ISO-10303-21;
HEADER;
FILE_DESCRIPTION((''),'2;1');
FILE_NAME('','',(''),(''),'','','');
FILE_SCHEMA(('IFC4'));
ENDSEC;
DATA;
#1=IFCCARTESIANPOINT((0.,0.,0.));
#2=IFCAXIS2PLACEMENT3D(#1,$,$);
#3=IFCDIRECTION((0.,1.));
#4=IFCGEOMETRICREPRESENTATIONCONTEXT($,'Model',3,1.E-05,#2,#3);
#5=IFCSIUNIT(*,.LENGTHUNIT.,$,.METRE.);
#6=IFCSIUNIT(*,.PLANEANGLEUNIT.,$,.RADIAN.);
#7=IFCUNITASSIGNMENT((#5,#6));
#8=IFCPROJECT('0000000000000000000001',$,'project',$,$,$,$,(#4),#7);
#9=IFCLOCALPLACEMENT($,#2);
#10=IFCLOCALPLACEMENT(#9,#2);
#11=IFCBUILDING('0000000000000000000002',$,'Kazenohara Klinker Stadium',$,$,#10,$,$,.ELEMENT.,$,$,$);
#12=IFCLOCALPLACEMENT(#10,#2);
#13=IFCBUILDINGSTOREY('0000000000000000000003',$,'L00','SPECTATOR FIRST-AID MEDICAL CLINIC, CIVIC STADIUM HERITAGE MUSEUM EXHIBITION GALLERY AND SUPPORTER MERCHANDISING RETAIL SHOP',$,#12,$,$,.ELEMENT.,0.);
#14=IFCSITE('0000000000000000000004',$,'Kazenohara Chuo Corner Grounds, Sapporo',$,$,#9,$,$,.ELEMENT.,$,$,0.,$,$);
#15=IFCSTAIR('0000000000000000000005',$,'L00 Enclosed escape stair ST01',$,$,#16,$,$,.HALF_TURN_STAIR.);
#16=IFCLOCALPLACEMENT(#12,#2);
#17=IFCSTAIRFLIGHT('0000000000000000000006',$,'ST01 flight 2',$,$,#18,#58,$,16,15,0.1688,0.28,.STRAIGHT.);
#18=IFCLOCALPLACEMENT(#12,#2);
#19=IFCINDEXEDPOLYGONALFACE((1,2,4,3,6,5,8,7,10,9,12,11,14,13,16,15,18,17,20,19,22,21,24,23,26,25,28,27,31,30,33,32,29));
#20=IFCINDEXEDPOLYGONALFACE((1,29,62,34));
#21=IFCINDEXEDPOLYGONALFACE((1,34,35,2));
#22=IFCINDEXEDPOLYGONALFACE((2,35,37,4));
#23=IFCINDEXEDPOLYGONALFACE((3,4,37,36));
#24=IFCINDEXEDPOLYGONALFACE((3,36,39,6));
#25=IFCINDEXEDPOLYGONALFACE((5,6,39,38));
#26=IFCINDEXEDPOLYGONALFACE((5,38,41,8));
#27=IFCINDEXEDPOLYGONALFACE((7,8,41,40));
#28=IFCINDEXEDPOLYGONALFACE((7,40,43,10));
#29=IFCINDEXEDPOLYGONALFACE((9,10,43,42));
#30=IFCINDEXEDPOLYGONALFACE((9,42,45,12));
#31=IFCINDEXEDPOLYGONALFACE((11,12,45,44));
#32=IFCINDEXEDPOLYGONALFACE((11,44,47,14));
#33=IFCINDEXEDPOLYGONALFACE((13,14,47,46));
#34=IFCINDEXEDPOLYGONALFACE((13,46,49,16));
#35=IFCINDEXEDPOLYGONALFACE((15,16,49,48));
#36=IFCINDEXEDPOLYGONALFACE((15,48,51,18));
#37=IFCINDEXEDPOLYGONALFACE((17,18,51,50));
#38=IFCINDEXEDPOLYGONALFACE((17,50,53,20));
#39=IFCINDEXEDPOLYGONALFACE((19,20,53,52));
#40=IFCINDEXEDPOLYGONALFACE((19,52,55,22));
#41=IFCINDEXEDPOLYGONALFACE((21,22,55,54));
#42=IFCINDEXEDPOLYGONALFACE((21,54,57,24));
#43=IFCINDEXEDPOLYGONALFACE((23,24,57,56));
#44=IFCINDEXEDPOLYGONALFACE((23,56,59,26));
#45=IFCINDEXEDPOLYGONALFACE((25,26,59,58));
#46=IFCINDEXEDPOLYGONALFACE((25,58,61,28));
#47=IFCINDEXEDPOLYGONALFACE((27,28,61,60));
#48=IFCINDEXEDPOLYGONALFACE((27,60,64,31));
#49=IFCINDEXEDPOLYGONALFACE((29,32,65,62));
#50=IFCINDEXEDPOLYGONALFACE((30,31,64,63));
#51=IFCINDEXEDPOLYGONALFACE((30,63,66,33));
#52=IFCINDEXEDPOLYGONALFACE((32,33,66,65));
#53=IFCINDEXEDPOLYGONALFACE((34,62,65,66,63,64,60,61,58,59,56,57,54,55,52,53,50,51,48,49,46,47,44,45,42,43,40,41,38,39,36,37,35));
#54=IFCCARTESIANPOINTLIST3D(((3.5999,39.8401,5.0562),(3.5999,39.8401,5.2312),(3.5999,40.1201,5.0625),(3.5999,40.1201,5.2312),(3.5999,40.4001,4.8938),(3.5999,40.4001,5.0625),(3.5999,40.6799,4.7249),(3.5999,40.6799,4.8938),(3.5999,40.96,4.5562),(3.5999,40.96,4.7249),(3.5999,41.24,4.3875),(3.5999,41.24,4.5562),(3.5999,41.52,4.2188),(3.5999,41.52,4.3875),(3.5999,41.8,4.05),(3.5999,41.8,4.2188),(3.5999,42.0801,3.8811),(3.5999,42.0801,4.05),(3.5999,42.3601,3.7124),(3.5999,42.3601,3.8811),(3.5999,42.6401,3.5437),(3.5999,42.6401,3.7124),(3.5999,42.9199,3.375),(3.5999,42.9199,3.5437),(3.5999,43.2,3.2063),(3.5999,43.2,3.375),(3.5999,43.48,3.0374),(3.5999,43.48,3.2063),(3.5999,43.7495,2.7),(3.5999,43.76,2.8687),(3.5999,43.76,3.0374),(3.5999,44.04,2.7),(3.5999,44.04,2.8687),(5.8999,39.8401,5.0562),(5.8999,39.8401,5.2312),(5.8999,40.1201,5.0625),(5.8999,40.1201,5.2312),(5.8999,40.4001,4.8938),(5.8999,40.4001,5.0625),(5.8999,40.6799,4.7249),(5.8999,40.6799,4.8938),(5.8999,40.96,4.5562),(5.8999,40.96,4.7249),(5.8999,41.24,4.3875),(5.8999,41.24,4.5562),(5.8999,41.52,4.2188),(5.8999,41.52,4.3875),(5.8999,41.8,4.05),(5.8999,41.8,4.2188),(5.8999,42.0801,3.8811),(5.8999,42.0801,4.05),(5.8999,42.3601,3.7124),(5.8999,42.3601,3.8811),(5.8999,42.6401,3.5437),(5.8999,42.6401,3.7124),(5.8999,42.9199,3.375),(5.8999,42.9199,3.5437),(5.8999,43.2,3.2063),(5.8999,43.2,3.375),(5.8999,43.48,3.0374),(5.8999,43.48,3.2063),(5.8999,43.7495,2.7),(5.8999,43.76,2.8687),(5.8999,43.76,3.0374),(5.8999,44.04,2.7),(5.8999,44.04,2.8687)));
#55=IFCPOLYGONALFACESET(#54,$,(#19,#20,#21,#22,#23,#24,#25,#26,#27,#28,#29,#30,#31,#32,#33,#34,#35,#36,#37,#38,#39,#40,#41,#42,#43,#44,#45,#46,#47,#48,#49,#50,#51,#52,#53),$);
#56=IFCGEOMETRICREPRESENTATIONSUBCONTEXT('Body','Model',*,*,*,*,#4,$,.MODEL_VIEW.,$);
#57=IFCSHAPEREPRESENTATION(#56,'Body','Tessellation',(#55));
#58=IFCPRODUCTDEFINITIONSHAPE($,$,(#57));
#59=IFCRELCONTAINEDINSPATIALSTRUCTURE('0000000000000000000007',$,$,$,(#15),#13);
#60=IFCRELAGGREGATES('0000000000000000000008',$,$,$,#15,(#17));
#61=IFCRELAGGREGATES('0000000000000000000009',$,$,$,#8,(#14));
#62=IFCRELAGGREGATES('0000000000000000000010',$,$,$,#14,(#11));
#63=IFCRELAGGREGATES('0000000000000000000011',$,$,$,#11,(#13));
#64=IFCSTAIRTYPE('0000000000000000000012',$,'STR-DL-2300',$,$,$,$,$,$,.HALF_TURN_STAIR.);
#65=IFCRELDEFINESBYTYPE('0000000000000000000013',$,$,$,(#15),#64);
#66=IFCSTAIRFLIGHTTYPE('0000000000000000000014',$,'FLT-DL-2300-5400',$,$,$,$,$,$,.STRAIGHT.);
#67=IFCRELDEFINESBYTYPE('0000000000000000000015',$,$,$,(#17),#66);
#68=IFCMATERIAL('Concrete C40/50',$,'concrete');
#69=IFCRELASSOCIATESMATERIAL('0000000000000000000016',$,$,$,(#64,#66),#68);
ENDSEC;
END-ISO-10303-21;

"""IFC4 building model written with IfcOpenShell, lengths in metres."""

from ifc_helpers import new_model, si_unit, direction, frame, origin, place, context, subcontext, project, spatial, polyline, outline, extrude, material, type_object, element, aggregate, save


model = new_model("IFC4")

# Units and contexts
model_context = context("Model", 3, precision=1e-05, world=origin(), true_north=direction((0.0, 1.0)))
body_context = subcontext(model_context, "Body", "Model", "MODEL_VIEW")
ifc_project = project(units=[si_unit("LENGTHUNIT", "METRE"), si_unit("PLANEANGLEUNIT", "RADIAN")], contexts=[model_context])

# Site, building, storey
site_placement = place(None, origin())
site = spatial("IfcSite", under=ifc_project, at=site_placement, Name="Kazenohara Chuo Corner Grounds, Sapporo", CompositionType="ELEMENT", RefElevation=0.0)
building_placement = place(site_placement, origin())
building = spatial("IfcBuilding", under=site, at=building_placement, Name="Kazenohara Klinker Stadium", CompositionType="ELEMENT")
storey_placement = place(building_placement, origin())
storey = spatial("IfcBuildingStorey", under=building, at=storey_placement, Name="L00", Description="SPECTATOR FIRST-AID MEDICAL CLINIC, CIVIC STADIUM HERITAGE MUSEUM EXHIBITION GALLERY AND SUPPORTER MERCHANDISING RETAIL SHOP", CompositionType="ELEMENT", Elevation=0.0)

# Shared definitions
ifc_material_1 = material(Name="Concrete C40/50", Category="concrete")

# Stair, stair flight
stair_type = type_object("IfcStairType", Name="STR-DL-2300", PredefinedType="HALF_TURN_STAIR", material=ifc_material_1)
stair_placement = place(storey_placement, origin())
stair = element("IfcStair", 1, at=stair_placement, inside=storey, type_object=stair_type, Name="L00 Enclosed escape stair ST01", PredefinedType="HALF_TURN_STAIR")
stair_flight_type = type_object("IfcStairFlightType", Name="FLT-DL-2300-5400", PredefinedType="STRAIGHT", material=ifc_material_1)
stair_flight_1_placement = place(storey_placement, frame((4.75, 44.04, 2.7), z_axis=(0.0, 0.0, 1.0), x_axis=(0.0, -1.0, 0.0)))
stair_flight_1 = element("IfcStairFlight", 2, at=stair_flight_1_placement, type_object=stair_flight_type, Name="ST01 flight 2", NumberOfRisers=16, NumberOfTreads=15, PredefinedType="STRAIGHT", RiserHeight=0.1688, TreadLength=0.28, context=body_context, shape_type="SweptSolid", body=[
    extrude(outline(polyline([(0.0, 0.0), (0.0, 0.1687), (0.28, 0.1687), (0.28, 0.3374), (0.5601, 0.3374), (0.5601, 0.5063), (0.8401, 0.5063), (0.8401, 0.675), (1.1201, 0.675), (1.1201, 0.8438), (1.3999, 0.8438), (1.3999, 1.0125), (1.6799, 1.0125), (1.6799, 1.1812), (1.96, 1.1812), (1.96, 1.3501), (2.24, 1.3501), (2.24, 1.5188), (2.52, 1.5188), (2.52, 1.6875), (2.8, 1.6875), (2.8, 1.8562), (3.0801, 1.8562), (3.0801, 2.0249), (3.3601, 2.0249), (3.3601, 2.1938), (3.6399, 2.1938), (3.6399, 2.3625), (3.9199, 2.3625), (3.9199, 2.5312), (4.2, 2.5312), (4.2, 2.7), (4.2, 2.3562), (0.2905, 0.0), (0.0, 0.0)])), frame((0.0, 1.1499, 0.0), z_axis=(0.0, -1.0, 0.0), x_axis=(1.0, 0.0, 0.0)), (0.0, 0.0, 1.0), 2.3),
])
aggregate(stair, [stair_flight_1])

save(model, "model.ifc")
